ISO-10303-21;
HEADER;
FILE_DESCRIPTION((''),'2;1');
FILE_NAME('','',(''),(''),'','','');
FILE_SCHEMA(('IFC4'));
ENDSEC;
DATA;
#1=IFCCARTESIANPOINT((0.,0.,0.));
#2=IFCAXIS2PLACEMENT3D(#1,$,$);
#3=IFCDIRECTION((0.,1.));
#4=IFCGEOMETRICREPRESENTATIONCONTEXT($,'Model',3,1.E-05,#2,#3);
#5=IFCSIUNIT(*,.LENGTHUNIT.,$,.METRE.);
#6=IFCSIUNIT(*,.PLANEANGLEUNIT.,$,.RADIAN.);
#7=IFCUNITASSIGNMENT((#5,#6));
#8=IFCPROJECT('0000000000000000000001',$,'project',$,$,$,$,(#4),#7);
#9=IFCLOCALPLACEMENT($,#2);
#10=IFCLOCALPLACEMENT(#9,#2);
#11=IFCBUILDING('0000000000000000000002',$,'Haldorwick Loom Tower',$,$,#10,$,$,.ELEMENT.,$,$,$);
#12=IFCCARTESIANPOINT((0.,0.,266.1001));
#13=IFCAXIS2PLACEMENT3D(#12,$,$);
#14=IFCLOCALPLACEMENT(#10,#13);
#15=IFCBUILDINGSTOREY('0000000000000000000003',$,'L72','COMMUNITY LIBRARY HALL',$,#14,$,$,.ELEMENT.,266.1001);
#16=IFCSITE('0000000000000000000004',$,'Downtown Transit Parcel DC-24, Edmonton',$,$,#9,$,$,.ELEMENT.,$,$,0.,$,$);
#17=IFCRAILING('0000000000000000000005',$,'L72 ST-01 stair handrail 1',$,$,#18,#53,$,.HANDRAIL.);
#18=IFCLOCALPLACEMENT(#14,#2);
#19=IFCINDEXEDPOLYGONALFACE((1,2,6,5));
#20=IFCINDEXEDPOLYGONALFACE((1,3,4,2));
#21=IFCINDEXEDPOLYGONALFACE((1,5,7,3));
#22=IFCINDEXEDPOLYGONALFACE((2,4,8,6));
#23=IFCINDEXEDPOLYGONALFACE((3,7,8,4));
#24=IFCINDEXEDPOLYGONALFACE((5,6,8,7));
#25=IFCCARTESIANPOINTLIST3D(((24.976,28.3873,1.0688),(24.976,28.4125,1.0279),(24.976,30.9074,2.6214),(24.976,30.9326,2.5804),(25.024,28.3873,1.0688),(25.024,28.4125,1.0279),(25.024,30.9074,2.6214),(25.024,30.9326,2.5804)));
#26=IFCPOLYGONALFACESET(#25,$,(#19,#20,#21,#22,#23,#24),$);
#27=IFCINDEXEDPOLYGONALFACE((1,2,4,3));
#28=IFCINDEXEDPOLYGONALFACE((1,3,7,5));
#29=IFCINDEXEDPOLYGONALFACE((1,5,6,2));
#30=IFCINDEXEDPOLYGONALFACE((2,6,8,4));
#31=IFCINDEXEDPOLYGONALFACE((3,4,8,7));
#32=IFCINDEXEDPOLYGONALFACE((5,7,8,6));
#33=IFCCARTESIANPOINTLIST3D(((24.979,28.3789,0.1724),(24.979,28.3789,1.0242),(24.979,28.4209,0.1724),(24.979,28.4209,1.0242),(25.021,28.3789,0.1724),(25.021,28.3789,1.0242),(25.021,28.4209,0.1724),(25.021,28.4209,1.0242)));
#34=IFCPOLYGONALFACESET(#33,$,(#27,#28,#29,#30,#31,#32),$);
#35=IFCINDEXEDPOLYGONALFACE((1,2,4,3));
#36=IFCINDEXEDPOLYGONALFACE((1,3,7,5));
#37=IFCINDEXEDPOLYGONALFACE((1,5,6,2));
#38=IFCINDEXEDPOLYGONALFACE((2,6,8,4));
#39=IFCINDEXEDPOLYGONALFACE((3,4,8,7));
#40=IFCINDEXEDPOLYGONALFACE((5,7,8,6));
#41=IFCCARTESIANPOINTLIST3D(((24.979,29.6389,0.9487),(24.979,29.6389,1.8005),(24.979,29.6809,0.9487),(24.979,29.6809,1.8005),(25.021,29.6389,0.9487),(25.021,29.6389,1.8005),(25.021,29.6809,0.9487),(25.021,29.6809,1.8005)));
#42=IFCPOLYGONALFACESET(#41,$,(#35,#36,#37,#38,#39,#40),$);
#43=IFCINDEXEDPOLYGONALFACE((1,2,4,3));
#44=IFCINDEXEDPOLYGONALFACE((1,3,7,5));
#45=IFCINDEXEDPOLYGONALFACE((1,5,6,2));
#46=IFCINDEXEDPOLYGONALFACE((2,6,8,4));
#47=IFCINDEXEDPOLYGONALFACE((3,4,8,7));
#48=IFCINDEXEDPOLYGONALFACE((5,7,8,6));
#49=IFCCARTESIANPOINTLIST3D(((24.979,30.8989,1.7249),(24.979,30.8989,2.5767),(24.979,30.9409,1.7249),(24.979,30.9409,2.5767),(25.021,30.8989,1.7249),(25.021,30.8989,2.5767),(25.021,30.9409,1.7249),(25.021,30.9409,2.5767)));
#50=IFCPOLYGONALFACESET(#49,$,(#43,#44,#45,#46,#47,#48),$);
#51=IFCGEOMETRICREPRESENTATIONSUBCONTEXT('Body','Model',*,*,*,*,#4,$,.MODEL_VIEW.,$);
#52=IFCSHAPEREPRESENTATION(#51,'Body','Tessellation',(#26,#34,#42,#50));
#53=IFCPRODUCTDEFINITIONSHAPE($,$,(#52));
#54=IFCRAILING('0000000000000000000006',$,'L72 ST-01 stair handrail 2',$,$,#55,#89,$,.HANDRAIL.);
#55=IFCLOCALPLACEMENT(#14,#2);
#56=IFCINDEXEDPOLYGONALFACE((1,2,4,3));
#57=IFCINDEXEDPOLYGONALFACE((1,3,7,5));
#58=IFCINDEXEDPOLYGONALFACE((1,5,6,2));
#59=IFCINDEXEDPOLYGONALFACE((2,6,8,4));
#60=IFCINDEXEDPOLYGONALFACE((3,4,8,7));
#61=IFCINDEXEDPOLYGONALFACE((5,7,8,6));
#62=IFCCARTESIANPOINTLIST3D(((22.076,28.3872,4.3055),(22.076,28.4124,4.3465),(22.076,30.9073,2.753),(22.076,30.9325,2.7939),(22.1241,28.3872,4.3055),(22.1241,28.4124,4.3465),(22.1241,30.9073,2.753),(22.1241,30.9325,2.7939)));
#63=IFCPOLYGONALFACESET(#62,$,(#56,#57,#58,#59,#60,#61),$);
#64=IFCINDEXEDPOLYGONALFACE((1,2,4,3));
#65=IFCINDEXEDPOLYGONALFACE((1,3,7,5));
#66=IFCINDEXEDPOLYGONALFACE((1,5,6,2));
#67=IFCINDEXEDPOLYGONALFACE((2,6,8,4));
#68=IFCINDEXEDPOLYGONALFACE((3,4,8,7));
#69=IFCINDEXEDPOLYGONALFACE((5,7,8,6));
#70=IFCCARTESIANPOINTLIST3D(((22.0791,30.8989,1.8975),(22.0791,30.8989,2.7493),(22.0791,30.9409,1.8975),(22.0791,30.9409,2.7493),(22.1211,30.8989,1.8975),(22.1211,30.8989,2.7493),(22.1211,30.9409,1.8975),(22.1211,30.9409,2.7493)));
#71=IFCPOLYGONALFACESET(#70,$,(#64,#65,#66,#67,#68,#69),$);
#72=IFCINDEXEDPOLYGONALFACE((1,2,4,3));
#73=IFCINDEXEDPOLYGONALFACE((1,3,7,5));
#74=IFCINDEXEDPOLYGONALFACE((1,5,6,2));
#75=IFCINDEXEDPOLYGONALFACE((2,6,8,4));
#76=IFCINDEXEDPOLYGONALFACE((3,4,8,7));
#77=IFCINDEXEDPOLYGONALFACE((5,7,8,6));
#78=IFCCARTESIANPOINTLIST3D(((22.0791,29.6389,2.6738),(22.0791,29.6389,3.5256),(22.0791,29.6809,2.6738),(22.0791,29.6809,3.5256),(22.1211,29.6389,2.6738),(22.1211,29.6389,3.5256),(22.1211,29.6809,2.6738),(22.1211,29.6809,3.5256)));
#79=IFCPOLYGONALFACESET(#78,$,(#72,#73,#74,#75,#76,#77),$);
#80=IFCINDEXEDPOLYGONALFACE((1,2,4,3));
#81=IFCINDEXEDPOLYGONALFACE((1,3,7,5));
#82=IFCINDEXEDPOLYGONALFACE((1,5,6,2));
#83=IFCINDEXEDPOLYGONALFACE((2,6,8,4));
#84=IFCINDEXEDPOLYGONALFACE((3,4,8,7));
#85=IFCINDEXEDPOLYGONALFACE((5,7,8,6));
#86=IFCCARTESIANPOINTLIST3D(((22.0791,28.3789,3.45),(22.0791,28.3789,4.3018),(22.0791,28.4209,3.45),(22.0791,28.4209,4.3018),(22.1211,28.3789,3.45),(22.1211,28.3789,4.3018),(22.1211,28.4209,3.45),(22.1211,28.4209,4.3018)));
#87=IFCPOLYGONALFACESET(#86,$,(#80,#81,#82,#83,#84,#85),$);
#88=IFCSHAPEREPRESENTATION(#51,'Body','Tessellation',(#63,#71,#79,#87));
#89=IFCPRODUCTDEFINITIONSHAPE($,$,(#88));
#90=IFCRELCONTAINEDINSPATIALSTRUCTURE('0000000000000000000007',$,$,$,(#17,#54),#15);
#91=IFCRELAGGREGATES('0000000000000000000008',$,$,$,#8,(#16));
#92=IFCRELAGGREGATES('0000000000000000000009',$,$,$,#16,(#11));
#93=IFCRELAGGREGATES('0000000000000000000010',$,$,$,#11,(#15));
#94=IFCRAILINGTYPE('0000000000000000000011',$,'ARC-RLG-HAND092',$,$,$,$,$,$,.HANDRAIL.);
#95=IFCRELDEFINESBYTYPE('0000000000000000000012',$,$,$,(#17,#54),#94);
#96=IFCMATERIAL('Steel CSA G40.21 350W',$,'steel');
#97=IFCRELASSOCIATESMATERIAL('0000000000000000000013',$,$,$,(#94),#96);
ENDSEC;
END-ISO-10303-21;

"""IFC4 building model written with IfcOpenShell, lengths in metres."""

from ifc_helpers import new_model, si_unit, direction, frame, origin, origin_2d, place, context, subcontext, project, spatial, rectangle, extrude, material, type_object, element, save


model = new_model("IFC4")

# Units and contexts
model_context = context("Model", 3, precision=1e-05, world=origin(), true_north=direction((0.0, 1.0)))
body_context = subcontext(model_context, "Body", "Model", "MODEL_VIEW")
ifc_project = project(units=[si_unit("LENGTHUNIT", "METRE"), si_unit("PLANEANGLEUNIT", "RADIAN")], contexts=[model_context])

# Site, building, storey
site_placement = place(None, origin())
site = spatial("IfcSite", under=ifc_project, at=site_placement, Name="Downtown Transit Parcel DC-24, Edmonton", CompositionType="ELEMENT", RefElevation=0.0)
building_placement = place(site_placement, origin())
building = spatial("IfcBuilding", under=site, at=building_placement, Name="Haldorwick Loom Tower", CompositionType="ELEMENT")
storey_placement = place(building_placement, frame((0.0, 0.0, 266.1001)))
storey = spatial("IfcBuildingStorey", under=building, at=storey_placement, Name="L72", Description="COMMUNITY LIBRARY HALL", CompositionType="ELEMENT", Elevation=266.1001)

# Shared definitions
ifc_material_1 = material(Name="Steel CSA G40.21 350W", Category="steel")

# Railings
railing_type_1 = type_object("IfcRailingType", Name="ARC-RLG-HAND092", PredefinedType="HANDRAIL", material=ifc_material_1)
railing_1_placement = place(storey_placement, frame((25.0, 28.3999, 0.1724)))
element("IfcRailing", 1, at=railing_1_placement, inside=storey, type_object=railing_type_1, Name="L72 ST-01 stair handrail 1", PredefinedType="HANDRAIL", context=body_context, shape_type="SweptSolid", body=[
    extrude(rectangle(XDim=0.0481, YDim=0.0481, at=origin_2d()), frame((0.0, 0.0, 0.876), z_axis=(0.0, 0.8514, 0.524516), x_axis=(-1.0, 0.0, 0.0)), (0.0, 0.0, 1.0), 2.96),
    extrude(rectangle(XDim=0.042, YDim=0.042, at=origin_2d()), origin(), (0.0, 0.0, 1.0), 0.8518),
    extrude(rectangle(XDim=0.042, YDim=0.042, at=origin_2d()), frame((0.0, 1.26, 0.7764)), (0.0, 0.0, 1.0), 0.8518),
    extrude(rectangle(XDim=0.042, YDim=0.042, at=origin_2d()), frame((0.0, 2.52, 1.5525)), (0.0, 0.0, 1.0), 0.8518),
])
railing_2_placement = place(storey_placement, frame((22.1001, 30.9199, 1.8975)))
element("IfcRailing", 2, at=railing_2_placement, inside=storey, type_object=railing_type_1, Name="L72 ST-01 stair handrail 2", PredefinedType="HANDRAIL", context=body_context, shape_type="SweptSolid", body=[
    extrude(rectangle(XDim=0.0481, YDim=0.0481, at=origin_2d()), frame((0.0, 0.0, 0.876), z_axis=(0.0, -0.8514, 0.524516), x_axis=(1.0, 0.0, 0.0)), (0.0, 0.0, 1.0), 2.96),
    extrude(rectangle(XDim=0.042, YDim=0.042, at=origin_2d()), origin(), (0.0, 0.0, 1.0), 0.8518),
    extrude(rectangle(XDim=0.042, YDim=0.042, at=origin_2d()), frame((0.0, -1.26, 0.7764)), (0.0, 0.0, 1.0), 0.8518),
    extrude(rectangle(XDim=0.042, YDim=0.042, at=origin_2d()), frame((0.0, -2.52, 1.5525)), (0.0, 0.0, 1.0), 0.8518),
])

save(model, "model.ifc")
